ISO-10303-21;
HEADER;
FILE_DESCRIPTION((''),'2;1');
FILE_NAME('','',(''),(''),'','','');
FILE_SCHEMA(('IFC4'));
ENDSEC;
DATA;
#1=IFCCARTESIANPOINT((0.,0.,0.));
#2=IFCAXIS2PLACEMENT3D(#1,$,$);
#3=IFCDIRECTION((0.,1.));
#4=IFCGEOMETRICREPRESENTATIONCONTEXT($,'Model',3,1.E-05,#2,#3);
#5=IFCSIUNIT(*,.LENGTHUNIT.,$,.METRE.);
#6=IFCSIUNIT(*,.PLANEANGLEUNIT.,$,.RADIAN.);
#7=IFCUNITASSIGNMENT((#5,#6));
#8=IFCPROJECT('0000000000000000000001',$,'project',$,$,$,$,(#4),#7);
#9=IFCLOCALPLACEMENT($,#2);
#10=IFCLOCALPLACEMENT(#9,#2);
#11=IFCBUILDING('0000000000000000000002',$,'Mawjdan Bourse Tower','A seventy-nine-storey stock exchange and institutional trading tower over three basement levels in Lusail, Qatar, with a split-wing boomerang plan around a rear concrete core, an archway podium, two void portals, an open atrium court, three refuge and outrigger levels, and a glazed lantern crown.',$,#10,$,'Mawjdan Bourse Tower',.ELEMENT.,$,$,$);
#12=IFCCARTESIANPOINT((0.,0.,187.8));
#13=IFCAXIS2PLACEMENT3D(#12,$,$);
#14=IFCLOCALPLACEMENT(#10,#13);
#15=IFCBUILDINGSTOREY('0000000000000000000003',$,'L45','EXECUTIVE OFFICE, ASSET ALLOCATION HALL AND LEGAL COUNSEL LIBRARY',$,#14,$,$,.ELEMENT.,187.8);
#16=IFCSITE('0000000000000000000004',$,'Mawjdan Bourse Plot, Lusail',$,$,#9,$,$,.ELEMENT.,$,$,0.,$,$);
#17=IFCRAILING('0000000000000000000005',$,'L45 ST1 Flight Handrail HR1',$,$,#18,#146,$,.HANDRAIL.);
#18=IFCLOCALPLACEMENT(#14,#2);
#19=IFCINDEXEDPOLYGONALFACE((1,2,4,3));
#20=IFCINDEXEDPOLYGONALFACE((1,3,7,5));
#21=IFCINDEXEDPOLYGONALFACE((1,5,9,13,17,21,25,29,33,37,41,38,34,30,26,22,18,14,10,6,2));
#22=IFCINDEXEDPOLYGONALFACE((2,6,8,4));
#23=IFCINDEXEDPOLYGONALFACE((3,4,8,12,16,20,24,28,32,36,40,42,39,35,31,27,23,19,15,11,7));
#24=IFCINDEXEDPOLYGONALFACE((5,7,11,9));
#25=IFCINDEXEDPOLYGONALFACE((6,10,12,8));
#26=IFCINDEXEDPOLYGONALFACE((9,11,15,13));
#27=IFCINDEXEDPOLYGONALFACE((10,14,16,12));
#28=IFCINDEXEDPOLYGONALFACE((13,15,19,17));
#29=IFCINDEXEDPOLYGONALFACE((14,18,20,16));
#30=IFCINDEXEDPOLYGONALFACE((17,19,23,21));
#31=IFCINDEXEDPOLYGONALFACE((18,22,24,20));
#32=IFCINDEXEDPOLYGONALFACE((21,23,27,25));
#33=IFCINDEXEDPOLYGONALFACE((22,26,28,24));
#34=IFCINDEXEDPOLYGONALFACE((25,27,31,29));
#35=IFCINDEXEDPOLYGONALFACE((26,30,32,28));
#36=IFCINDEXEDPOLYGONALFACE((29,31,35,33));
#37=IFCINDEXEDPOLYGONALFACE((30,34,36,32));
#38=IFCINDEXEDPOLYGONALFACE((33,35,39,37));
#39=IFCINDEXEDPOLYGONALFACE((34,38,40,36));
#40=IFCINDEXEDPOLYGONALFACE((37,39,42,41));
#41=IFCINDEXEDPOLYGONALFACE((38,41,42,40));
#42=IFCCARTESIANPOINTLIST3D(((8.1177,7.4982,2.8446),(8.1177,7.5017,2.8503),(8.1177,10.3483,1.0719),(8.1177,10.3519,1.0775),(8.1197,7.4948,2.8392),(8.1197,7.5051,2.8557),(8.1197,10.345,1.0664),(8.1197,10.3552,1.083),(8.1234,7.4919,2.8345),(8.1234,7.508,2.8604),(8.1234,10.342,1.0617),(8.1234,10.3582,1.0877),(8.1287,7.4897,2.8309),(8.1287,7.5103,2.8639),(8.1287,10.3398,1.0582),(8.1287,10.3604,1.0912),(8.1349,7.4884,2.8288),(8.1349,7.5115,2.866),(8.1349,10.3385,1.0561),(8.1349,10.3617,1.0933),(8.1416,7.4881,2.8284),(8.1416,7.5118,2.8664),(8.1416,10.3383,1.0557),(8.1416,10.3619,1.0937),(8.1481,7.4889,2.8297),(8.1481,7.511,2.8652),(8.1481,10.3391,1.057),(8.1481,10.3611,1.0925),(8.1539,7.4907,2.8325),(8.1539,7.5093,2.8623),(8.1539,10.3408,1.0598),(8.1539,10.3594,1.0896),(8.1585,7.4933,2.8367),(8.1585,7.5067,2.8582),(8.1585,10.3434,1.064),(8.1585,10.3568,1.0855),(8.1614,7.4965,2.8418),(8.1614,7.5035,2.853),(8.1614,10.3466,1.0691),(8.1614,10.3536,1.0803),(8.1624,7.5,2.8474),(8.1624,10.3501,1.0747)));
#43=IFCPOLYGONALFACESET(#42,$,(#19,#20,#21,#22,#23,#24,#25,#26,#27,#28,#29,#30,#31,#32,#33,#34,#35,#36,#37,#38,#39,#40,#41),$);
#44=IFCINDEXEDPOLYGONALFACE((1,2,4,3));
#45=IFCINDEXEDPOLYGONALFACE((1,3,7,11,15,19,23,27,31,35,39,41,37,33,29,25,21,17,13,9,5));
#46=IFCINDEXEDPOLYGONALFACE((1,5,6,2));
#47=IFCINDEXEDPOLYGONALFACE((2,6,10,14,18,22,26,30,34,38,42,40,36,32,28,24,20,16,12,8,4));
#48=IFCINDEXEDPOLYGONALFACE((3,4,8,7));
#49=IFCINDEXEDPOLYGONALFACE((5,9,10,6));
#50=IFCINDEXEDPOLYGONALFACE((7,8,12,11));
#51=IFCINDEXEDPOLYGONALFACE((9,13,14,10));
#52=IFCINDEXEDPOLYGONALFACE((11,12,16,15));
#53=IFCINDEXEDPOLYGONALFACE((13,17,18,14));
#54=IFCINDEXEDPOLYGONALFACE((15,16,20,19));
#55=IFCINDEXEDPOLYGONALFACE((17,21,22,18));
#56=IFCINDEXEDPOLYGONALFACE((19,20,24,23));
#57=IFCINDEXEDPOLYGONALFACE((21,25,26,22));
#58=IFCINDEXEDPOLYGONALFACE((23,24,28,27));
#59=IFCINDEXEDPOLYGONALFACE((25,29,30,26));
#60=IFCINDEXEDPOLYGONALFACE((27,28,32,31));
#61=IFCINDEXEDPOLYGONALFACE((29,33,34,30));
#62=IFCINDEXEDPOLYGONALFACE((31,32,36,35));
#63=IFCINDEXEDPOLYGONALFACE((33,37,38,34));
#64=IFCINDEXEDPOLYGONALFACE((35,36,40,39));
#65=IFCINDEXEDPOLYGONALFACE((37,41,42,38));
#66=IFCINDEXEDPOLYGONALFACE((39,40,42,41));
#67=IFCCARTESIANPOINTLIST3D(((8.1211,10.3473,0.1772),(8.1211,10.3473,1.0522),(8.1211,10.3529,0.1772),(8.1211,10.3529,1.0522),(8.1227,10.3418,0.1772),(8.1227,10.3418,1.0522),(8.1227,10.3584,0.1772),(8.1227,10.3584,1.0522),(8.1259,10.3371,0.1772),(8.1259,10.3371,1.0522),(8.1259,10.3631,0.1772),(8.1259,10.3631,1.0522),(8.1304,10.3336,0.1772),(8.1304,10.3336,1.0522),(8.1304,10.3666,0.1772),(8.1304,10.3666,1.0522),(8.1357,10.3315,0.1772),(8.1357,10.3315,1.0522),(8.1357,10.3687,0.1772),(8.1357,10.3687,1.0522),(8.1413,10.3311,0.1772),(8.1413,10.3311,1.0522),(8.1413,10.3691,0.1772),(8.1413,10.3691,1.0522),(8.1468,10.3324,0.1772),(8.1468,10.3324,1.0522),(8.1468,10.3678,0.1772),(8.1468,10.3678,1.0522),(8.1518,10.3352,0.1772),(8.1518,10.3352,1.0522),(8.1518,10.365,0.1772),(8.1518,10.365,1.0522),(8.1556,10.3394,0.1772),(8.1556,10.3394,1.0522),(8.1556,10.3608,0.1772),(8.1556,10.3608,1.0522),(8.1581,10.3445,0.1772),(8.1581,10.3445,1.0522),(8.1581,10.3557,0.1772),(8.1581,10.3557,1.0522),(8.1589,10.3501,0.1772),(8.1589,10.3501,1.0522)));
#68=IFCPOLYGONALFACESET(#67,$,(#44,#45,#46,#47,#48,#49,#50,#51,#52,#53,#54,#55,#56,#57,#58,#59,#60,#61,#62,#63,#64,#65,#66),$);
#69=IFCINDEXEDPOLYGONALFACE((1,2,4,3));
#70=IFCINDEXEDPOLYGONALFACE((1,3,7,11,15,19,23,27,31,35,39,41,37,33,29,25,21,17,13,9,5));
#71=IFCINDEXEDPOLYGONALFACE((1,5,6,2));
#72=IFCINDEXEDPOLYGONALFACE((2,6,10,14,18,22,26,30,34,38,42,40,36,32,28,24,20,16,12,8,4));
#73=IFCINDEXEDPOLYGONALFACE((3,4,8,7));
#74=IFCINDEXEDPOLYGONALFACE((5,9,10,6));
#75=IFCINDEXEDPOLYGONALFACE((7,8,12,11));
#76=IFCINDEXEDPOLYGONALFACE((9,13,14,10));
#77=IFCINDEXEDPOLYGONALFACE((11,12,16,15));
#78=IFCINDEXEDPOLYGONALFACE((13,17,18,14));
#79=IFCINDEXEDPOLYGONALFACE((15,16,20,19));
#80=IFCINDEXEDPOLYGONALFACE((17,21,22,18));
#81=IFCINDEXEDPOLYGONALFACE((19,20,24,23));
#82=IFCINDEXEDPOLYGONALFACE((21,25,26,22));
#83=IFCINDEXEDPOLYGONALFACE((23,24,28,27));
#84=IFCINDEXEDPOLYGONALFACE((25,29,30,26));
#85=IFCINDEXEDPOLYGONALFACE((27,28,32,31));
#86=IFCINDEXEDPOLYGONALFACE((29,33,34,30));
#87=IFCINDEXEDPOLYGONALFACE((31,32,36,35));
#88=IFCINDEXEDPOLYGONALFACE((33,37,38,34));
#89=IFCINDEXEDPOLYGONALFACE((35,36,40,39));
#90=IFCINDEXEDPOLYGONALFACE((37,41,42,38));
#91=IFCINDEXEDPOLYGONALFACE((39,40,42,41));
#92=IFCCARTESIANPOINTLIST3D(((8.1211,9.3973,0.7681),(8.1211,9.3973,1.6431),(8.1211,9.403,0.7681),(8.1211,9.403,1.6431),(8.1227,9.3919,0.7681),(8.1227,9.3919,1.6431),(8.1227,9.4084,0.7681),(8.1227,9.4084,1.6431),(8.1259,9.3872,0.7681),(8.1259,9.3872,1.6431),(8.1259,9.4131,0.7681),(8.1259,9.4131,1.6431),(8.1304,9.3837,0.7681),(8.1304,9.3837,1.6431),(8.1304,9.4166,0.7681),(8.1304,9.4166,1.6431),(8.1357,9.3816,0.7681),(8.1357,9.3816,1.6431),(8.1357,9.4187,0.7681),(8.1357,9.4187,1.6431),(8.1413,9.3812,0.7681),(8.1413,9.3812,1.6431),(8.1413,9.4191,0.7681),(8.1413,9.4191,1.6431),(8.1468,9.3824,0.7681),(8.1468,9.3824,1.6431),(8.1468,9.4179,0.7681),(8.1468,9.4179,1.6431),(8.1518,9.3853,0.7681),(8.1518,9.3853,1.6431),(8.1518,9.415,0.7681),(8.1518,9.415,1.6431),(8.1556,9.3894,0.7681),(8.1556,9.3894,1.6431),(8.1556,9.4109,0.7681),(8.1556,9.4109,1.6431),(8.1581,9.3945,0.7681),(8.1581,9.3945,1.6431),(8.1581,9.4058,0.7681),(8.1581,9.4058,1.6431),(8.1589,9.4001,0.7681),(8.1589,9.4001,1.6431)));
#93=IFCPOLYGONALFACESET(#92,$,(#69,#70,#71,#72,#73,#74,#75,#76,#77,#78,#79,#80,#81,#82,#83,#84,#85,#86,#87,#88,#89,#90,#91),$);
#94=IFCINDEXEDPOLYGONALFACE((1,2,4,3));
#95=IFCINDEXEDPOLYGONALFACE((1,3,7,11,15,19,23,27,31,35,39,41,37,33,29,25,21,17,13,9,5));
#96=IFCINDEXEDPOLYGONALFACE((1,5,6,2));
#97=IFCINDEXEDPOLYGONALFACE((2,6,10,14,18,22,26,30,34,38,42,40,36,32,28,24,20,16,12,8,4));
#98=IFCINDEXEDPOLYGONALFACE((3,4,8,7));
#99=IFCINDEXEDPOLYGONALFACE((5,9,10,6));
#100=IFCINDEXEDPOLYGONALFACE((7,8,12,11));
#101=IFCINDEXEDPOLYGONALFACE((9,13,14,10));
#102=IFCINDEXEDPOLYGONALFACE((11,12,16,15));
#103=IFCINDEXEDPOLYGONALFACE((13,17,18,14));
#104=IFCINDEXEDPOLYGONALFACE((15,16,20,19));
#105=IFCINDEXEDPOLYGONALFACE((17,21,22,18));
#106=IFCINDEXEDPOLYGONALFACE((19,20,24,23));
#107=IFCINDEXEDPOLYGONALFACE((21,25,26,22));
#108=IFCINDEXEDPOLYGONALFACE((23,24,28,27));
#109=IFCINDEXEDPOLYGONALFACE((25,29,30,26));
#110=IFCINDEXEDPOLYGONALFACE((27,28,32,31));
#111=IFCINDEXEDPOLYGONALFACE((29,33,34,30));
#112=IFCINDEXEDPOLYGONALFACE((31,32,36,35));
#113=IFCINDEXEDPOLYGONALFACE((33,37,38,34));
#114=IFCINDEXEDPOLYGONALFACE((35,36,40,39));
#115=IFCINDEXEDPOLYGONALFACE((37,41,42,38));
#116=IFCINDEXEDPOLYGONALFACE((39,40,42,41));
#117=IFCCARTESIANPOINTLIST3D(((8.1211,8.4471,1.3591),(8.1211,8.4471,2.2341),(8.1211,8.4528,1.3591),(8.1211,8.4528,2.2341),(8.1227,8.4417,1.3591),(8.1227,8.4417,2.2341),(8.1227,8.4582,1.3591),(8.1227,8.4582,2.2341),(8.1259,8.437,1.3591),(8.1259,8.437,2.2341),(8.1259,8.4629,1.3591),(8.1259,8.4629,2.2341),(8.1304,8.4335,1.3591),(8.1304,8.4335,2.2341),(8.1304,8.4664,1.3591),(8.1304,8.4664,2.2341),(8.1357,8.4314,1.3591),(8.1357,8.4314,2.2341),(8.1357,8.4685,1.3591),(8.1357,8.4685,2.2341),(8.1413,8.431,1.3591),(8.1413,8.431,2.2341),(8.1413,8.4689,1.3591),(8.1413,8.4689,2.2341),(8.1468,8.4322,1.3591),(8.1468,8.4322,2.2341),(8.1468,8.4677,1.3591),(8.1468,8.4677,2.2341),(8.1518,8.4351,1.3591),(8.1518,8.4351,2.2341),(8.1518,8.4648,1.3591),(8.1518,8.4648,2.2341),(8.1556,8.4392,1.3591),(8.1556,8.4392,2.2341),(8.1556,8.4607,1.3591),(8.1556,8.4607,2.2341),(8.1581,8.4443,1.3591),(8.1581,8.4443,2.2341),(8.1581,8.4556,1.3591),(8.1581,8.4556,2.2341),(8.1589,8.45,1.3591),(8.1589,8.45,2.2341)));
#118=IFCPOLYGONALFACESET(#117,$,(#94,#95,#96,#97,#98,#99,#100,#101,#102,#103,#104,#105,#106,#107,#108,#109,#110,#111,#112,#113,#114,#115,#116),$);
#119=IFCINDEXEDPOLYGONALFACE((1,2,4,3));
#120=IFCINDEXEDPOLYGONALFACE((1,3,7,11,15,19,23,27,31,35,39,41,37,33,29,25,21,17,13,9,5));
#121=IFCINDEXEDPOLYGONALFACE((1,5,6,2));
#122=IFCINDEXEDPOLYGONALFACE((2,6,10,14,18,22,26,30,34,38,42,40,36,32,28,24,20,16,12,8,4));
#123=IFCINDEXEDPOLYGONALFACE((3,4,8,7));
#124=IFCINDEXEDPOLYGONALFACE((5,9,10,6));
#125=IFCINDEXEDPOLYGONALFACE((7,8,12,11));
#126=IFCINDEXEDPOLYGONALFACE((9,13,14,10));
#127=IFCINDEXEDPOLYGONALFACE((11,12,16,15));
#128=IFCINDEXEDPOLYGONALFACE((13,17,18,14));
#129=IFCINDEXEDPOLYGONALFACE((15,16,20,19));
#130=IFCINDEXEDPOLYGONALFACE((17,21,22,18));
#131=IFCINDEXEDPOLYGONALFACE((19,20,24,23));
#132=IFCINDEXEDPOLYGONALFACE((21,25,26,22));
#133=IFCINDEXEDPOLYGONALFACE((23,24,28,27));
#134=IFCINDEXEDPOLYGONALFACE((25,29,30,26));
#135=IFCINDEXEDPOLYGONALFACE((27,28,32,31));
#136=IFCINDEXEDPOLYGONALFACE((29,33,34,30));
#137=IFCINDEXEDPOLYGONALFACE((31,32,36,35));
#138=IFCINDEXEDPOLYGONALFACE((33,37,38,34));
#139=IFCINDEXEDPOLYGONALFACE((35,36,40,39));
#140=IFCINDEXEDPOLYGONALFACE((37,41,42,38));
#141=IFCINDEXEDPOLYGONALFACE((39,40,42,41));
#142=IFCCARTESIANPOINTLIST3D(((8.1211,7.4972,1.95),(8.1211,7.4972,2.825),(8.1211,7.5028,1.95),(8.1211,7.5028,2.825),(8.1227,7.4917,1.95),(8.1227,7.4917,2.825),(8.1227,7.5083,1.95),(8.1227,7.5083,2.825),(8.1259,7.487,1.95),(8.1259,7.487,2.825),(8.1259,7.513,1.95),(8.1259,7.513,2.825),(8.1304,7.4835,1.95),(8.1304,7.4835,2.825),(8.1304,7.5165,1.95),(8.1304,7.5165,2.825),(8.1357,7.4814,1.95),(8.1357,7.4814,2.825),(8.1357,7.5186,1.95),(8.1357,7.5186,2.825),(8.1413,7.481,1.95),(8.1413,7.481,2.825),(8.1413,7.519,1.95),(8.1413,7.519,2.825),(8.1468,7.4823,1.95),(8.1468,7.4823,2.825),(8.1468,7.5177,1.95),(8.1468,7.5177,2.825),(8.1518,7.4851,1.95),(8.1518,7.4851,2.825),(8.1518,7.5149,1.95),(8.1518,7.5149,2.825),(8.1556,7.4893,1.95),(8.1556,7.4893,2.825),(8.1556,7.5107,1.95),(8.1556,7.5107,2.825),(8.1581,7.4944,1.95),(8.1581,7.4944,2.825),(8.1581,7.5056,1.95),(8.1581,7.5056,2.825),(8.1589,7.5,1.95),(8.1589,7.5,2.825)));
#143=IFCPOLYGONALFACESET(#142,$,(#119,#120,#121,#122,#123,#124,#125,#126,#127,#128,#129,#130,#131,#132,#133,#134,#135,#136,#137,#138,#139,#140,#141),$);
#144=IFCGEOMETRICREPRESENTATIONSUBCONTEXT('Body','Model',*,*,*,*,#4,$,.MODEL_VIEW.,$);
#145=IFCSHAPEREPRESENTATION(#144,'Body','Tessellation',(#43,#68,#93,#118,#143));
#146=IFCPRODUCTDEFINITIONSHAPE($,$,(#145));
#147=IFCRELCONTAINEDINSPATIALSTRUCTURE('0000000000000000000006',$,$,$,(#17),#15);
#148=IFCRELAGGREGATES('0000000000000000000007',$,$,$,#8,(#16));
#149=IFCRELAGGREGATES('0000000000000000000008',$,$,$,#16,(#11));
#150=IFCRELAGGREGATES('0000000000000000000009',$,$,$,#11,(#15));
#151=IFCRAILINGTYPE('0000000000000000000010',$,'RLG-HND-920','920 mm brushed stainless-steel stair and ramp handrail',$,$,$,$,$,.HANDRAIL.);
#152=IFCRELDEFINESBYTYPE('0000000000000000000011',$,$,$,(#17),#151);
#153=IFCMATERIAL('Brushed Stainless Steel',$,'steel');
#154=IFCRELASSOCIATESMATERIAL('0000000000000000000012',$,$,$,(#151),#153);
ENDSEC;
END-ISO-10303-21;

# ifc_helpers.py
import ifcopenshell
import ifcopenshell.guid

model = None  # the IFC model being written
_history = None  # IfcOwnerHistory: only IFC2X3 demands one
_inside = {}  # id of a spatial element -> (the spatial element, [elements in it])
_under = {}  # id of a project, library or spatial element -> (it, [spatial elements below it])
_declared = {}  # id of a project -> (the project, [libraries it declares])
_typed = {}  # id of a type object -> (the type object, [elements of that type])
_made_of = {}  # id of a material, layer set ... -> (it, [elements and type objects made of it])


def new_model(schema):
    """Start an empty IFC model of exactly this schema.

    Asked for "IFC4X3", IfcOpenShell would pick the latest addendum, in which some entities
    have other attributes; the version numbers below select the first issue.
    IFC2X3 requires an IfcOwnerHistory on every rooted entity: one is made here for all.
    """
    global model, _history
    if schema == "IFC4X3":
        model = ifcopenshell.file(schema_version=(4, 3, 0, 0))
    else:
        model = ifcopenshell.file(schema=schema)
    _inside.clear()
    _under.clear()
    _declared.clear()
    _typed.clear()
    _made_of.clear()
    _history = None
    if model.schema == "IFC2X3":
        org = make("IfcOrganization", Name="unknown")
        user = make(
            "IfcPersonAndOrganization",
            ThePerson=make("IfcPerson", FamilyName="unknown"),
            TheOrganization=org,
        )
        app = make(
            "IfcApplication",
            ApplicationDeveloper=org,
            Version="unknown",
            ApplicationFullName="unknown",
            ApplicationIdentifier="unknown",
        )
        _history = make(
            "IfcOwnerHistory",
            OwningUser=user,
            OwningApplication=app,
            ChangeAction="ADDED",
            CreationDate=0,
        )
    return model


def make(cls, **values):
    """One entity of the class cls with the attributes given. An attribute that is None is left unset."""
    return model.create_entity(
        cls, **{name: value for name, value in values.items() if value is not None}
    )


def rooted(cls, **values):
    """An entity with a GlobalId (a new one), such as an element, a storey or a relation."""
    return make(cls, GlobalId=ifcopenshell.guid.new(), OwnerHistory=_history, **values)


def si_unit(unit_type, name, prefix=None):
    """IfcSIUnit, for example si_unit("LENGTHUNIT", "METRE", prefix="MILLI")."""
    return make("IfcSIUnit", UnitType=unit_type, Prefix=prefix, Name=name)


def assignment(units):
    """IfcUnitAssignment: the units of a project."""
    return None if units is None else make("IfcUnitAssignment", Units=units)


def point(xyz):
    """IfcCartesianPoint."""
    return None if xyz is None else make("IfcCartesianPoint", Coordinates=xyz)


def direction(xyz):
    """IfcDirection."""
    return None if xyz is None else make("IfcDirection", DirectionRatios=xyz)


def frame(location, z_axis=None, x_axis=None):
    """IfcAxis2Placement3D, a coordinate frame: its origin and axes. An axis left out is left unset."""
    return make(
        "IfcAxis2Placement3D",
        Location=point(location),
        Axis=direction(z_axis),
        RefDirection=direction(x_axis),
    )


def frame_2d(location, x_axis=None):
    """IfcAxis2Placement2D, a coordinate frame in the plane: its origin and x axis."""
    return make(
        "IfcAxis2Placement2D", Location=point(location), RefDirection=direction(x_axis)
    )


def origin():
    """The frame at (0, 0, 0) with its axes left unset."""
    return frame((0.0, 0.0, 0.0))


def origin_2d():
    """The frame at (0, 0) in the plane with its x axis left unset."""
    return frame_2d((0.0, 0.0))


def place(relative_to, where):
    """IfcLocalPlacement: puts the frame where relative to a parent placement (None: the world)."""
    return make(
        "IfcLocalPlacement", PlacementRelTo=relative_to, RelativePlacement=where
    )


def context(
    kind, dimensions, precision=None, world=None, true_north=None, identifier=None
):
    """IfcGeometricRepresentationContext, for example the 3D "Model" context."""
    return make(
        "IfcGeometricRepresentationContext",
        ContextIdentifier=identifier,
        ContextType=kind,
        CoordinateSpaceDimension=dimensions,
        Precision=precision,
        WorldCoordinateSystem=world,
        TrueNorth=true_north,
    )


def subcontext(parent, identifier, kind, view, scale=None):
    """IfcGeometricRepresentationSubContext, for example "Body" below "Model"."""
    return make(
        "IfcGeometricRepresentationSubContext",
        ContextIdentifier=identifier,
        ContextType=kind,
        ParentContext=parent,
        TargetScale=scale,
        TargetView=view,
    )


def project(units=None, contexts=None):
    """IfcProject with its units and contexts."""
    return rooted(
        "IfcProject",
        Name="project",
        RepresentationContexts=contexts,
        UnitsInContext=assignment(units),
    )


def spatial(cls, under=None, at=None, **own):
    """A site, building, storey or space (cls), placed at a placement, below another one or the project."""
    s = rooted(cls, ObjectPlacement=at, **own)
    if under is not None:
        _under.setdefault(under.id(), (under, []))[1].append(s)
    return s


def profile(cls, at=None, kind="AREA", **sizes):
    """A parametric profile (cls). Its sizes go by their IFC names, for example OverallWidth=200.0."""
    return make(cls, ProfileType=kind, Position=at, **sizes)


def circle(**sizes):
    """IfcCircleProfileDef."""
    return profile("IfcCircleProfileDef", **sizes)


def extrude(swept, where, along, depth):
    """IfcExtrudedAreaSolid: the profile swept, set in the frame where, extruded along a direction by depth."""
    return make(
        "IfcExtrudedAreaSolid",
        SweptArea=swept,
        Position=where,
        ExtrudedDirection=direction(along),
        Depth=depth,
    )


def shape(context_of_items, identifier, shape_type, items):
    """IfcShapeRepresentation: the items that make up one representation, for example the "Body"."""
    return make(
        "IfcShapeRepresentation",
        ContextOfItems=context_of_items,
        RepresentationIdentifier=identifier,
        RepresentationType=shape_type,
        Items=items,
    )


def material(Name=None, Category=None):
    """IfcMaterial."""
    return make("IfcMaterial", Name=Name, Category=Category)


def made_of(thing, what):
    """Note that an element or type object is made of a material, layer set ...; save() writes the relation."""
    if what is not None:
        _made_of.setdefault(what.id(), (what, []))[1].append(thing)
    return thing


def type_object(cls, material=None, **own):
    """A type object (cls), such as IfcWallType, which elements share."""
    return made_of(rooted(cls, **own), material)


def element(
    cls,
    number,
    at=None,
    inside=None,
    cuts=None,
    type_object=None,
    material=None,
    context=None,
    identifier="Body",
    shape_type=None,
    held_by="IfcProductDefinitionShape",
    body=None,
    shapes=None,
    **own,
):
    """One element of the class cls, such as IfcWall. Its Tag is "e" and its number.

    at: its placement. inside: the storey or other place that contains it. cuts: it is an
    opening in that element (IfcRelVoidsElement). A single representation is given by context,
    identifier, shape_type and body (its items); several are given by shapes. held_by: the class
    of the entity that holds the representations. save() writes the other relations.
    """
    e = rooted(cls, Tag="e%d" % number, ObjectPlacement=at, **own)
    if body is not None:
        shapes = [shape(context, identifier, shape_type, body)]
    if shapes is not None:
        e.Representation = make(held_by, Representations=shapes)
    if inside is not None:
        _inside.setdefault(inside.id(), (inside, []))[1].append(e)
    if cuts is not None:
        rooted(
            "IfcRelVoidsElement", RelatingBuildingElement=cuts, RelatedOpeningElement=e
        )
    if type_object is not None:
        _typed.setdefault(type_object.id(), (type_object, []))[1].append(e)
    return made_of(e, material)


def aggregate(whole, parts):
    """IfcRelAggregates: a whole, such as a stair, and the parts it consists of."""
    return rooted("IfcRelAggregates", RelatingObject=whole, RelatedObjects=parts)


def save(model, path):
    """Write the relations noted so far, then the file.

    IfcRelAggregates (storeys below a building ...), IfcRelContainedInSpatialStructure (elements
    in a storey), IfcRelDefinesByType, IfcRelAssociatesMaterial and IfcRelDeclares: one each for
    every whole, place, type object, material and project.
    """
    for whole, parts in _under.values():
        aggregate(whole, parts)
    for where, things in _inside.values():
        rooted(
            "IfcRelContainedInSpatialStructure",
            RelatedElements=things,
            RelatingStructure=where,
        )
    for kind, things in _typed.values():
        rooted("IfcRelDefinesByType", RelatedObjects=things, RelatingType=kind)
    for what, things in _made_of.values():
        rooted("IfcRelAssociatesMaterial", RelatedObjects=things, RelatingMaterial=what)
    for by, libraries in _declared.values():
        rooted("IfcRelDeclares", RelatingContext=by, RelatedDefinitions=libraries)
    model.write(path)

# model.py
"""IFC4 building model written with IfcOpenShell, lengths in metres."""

from ifc_helpers import new_model, si_unit, direction, frame, origin, origin_2d, place, context, subcontext, project, spatial, circle, extrude, material, type_object, element, save


model = new_model("IFC4")

# Units and contexts
model_context = context("Model", 3, precision=1e-05, world=origin(), true_north=direction((0.0, 1.0)))
body_context = subcontext(model_context, "Body", "Model", "MODEL_VIEW")
ifc_project = project(units=[si_unit("LENGTHUNIT", "METRE"), si_unit("PLANEANGLEUNIT", "RADIAN")], contexts=[model_context])

# Site, building, storey
site_placement = place(None, origin())
site = spatial("IfcSite", under=ifc_project, at=site_placement, Name="Mawjdan Bourse Plot, Lusail", CompositionType="ELEMENT", RefElevation=0.0)
building_placement = place(site_placement, origin())
building = spatial("IfcBuilding", under=site, at=building_placement, Name="Mawjdan Bourse Tower", Description="A seventy-nine-storey stock exchange and institutional trading tower over three basement levels in Lusail, Qatar, with a split-wing boomerang plan around a rear concrete core, an archway podium, two void portals, an open atrium court, three refuge and outrigger levels, and a glazed lantern crown.", LongName="Mawjdan Bourse Tower", CompositionType="ELEMENT")
storey_placement = place(building_placement, frame((0.0, 0.0, 187.8)))
storey = spatial("IfcBuildingStorey", under=building, at=storey_placement, Name="L45", Description="EXECUTIVE OFFICE, ASSET ALLOCATION HALL AND LEGAL COUNSEL LIBRARY", CompositionType="ELEMENT", Elevation=187.8)

# Shared definitions
ifc_material_1 = material(Name="Brushed Stainless Steel", Category="steel")

# Railing
railing_type_1 = type_object("IfcRailingType", Name="RLG-HND-920", Description="920 mm brushed stainless-steel stair and ramp handrail", PredefinedType="HANDRAIL", material=ifc_material_1)
for number, where, name in (
    (1, (8.1399, 10.3501, 0.1772), "L45 ST1 Flight Handrail HR1"),
):
    element("IfcRailing", number, at=place(storey_placement, frame(where)), inside=storey, type_object=railing_type_1, Name=name, PredefinedType="HANDRAIL", context=body_context, shape_type="SweptSolid", body=[
        extrude(circle(Radius=0.0225, at=origin_2d()), frame((0.0, 0.0, 0.8975), z_axis=(0.0, -0.849149, 0.528154), x_axis=(1.0, 0.0, 0.0)), (0.0, 0.0, 1.0), 3.3564),
        extrude(circle(Radius=0.019, at=origin_2d()), origin(), (0.0, 0.0, 1.0), 0.875),
        extrude(circle(Radius=0.019, at=origin_2d()), frame((0.0, -0.95, 0.5908)), (0.0, 0.0, 1.0), 0.875),
        extrude(circle(Radius=0.019, at=origin_2d()), frame((0.0, -1.9001, 1.1819)), (0.0, 0.0, 1.0), 0.875),
        extrude(circle(Radius=0.019, at=origin_2d()), frame((0.0, -2.8501, 1.7727)), (0.0, 0.0, 1.0), 0.875),
    ])

save(model, "model.ifc")
